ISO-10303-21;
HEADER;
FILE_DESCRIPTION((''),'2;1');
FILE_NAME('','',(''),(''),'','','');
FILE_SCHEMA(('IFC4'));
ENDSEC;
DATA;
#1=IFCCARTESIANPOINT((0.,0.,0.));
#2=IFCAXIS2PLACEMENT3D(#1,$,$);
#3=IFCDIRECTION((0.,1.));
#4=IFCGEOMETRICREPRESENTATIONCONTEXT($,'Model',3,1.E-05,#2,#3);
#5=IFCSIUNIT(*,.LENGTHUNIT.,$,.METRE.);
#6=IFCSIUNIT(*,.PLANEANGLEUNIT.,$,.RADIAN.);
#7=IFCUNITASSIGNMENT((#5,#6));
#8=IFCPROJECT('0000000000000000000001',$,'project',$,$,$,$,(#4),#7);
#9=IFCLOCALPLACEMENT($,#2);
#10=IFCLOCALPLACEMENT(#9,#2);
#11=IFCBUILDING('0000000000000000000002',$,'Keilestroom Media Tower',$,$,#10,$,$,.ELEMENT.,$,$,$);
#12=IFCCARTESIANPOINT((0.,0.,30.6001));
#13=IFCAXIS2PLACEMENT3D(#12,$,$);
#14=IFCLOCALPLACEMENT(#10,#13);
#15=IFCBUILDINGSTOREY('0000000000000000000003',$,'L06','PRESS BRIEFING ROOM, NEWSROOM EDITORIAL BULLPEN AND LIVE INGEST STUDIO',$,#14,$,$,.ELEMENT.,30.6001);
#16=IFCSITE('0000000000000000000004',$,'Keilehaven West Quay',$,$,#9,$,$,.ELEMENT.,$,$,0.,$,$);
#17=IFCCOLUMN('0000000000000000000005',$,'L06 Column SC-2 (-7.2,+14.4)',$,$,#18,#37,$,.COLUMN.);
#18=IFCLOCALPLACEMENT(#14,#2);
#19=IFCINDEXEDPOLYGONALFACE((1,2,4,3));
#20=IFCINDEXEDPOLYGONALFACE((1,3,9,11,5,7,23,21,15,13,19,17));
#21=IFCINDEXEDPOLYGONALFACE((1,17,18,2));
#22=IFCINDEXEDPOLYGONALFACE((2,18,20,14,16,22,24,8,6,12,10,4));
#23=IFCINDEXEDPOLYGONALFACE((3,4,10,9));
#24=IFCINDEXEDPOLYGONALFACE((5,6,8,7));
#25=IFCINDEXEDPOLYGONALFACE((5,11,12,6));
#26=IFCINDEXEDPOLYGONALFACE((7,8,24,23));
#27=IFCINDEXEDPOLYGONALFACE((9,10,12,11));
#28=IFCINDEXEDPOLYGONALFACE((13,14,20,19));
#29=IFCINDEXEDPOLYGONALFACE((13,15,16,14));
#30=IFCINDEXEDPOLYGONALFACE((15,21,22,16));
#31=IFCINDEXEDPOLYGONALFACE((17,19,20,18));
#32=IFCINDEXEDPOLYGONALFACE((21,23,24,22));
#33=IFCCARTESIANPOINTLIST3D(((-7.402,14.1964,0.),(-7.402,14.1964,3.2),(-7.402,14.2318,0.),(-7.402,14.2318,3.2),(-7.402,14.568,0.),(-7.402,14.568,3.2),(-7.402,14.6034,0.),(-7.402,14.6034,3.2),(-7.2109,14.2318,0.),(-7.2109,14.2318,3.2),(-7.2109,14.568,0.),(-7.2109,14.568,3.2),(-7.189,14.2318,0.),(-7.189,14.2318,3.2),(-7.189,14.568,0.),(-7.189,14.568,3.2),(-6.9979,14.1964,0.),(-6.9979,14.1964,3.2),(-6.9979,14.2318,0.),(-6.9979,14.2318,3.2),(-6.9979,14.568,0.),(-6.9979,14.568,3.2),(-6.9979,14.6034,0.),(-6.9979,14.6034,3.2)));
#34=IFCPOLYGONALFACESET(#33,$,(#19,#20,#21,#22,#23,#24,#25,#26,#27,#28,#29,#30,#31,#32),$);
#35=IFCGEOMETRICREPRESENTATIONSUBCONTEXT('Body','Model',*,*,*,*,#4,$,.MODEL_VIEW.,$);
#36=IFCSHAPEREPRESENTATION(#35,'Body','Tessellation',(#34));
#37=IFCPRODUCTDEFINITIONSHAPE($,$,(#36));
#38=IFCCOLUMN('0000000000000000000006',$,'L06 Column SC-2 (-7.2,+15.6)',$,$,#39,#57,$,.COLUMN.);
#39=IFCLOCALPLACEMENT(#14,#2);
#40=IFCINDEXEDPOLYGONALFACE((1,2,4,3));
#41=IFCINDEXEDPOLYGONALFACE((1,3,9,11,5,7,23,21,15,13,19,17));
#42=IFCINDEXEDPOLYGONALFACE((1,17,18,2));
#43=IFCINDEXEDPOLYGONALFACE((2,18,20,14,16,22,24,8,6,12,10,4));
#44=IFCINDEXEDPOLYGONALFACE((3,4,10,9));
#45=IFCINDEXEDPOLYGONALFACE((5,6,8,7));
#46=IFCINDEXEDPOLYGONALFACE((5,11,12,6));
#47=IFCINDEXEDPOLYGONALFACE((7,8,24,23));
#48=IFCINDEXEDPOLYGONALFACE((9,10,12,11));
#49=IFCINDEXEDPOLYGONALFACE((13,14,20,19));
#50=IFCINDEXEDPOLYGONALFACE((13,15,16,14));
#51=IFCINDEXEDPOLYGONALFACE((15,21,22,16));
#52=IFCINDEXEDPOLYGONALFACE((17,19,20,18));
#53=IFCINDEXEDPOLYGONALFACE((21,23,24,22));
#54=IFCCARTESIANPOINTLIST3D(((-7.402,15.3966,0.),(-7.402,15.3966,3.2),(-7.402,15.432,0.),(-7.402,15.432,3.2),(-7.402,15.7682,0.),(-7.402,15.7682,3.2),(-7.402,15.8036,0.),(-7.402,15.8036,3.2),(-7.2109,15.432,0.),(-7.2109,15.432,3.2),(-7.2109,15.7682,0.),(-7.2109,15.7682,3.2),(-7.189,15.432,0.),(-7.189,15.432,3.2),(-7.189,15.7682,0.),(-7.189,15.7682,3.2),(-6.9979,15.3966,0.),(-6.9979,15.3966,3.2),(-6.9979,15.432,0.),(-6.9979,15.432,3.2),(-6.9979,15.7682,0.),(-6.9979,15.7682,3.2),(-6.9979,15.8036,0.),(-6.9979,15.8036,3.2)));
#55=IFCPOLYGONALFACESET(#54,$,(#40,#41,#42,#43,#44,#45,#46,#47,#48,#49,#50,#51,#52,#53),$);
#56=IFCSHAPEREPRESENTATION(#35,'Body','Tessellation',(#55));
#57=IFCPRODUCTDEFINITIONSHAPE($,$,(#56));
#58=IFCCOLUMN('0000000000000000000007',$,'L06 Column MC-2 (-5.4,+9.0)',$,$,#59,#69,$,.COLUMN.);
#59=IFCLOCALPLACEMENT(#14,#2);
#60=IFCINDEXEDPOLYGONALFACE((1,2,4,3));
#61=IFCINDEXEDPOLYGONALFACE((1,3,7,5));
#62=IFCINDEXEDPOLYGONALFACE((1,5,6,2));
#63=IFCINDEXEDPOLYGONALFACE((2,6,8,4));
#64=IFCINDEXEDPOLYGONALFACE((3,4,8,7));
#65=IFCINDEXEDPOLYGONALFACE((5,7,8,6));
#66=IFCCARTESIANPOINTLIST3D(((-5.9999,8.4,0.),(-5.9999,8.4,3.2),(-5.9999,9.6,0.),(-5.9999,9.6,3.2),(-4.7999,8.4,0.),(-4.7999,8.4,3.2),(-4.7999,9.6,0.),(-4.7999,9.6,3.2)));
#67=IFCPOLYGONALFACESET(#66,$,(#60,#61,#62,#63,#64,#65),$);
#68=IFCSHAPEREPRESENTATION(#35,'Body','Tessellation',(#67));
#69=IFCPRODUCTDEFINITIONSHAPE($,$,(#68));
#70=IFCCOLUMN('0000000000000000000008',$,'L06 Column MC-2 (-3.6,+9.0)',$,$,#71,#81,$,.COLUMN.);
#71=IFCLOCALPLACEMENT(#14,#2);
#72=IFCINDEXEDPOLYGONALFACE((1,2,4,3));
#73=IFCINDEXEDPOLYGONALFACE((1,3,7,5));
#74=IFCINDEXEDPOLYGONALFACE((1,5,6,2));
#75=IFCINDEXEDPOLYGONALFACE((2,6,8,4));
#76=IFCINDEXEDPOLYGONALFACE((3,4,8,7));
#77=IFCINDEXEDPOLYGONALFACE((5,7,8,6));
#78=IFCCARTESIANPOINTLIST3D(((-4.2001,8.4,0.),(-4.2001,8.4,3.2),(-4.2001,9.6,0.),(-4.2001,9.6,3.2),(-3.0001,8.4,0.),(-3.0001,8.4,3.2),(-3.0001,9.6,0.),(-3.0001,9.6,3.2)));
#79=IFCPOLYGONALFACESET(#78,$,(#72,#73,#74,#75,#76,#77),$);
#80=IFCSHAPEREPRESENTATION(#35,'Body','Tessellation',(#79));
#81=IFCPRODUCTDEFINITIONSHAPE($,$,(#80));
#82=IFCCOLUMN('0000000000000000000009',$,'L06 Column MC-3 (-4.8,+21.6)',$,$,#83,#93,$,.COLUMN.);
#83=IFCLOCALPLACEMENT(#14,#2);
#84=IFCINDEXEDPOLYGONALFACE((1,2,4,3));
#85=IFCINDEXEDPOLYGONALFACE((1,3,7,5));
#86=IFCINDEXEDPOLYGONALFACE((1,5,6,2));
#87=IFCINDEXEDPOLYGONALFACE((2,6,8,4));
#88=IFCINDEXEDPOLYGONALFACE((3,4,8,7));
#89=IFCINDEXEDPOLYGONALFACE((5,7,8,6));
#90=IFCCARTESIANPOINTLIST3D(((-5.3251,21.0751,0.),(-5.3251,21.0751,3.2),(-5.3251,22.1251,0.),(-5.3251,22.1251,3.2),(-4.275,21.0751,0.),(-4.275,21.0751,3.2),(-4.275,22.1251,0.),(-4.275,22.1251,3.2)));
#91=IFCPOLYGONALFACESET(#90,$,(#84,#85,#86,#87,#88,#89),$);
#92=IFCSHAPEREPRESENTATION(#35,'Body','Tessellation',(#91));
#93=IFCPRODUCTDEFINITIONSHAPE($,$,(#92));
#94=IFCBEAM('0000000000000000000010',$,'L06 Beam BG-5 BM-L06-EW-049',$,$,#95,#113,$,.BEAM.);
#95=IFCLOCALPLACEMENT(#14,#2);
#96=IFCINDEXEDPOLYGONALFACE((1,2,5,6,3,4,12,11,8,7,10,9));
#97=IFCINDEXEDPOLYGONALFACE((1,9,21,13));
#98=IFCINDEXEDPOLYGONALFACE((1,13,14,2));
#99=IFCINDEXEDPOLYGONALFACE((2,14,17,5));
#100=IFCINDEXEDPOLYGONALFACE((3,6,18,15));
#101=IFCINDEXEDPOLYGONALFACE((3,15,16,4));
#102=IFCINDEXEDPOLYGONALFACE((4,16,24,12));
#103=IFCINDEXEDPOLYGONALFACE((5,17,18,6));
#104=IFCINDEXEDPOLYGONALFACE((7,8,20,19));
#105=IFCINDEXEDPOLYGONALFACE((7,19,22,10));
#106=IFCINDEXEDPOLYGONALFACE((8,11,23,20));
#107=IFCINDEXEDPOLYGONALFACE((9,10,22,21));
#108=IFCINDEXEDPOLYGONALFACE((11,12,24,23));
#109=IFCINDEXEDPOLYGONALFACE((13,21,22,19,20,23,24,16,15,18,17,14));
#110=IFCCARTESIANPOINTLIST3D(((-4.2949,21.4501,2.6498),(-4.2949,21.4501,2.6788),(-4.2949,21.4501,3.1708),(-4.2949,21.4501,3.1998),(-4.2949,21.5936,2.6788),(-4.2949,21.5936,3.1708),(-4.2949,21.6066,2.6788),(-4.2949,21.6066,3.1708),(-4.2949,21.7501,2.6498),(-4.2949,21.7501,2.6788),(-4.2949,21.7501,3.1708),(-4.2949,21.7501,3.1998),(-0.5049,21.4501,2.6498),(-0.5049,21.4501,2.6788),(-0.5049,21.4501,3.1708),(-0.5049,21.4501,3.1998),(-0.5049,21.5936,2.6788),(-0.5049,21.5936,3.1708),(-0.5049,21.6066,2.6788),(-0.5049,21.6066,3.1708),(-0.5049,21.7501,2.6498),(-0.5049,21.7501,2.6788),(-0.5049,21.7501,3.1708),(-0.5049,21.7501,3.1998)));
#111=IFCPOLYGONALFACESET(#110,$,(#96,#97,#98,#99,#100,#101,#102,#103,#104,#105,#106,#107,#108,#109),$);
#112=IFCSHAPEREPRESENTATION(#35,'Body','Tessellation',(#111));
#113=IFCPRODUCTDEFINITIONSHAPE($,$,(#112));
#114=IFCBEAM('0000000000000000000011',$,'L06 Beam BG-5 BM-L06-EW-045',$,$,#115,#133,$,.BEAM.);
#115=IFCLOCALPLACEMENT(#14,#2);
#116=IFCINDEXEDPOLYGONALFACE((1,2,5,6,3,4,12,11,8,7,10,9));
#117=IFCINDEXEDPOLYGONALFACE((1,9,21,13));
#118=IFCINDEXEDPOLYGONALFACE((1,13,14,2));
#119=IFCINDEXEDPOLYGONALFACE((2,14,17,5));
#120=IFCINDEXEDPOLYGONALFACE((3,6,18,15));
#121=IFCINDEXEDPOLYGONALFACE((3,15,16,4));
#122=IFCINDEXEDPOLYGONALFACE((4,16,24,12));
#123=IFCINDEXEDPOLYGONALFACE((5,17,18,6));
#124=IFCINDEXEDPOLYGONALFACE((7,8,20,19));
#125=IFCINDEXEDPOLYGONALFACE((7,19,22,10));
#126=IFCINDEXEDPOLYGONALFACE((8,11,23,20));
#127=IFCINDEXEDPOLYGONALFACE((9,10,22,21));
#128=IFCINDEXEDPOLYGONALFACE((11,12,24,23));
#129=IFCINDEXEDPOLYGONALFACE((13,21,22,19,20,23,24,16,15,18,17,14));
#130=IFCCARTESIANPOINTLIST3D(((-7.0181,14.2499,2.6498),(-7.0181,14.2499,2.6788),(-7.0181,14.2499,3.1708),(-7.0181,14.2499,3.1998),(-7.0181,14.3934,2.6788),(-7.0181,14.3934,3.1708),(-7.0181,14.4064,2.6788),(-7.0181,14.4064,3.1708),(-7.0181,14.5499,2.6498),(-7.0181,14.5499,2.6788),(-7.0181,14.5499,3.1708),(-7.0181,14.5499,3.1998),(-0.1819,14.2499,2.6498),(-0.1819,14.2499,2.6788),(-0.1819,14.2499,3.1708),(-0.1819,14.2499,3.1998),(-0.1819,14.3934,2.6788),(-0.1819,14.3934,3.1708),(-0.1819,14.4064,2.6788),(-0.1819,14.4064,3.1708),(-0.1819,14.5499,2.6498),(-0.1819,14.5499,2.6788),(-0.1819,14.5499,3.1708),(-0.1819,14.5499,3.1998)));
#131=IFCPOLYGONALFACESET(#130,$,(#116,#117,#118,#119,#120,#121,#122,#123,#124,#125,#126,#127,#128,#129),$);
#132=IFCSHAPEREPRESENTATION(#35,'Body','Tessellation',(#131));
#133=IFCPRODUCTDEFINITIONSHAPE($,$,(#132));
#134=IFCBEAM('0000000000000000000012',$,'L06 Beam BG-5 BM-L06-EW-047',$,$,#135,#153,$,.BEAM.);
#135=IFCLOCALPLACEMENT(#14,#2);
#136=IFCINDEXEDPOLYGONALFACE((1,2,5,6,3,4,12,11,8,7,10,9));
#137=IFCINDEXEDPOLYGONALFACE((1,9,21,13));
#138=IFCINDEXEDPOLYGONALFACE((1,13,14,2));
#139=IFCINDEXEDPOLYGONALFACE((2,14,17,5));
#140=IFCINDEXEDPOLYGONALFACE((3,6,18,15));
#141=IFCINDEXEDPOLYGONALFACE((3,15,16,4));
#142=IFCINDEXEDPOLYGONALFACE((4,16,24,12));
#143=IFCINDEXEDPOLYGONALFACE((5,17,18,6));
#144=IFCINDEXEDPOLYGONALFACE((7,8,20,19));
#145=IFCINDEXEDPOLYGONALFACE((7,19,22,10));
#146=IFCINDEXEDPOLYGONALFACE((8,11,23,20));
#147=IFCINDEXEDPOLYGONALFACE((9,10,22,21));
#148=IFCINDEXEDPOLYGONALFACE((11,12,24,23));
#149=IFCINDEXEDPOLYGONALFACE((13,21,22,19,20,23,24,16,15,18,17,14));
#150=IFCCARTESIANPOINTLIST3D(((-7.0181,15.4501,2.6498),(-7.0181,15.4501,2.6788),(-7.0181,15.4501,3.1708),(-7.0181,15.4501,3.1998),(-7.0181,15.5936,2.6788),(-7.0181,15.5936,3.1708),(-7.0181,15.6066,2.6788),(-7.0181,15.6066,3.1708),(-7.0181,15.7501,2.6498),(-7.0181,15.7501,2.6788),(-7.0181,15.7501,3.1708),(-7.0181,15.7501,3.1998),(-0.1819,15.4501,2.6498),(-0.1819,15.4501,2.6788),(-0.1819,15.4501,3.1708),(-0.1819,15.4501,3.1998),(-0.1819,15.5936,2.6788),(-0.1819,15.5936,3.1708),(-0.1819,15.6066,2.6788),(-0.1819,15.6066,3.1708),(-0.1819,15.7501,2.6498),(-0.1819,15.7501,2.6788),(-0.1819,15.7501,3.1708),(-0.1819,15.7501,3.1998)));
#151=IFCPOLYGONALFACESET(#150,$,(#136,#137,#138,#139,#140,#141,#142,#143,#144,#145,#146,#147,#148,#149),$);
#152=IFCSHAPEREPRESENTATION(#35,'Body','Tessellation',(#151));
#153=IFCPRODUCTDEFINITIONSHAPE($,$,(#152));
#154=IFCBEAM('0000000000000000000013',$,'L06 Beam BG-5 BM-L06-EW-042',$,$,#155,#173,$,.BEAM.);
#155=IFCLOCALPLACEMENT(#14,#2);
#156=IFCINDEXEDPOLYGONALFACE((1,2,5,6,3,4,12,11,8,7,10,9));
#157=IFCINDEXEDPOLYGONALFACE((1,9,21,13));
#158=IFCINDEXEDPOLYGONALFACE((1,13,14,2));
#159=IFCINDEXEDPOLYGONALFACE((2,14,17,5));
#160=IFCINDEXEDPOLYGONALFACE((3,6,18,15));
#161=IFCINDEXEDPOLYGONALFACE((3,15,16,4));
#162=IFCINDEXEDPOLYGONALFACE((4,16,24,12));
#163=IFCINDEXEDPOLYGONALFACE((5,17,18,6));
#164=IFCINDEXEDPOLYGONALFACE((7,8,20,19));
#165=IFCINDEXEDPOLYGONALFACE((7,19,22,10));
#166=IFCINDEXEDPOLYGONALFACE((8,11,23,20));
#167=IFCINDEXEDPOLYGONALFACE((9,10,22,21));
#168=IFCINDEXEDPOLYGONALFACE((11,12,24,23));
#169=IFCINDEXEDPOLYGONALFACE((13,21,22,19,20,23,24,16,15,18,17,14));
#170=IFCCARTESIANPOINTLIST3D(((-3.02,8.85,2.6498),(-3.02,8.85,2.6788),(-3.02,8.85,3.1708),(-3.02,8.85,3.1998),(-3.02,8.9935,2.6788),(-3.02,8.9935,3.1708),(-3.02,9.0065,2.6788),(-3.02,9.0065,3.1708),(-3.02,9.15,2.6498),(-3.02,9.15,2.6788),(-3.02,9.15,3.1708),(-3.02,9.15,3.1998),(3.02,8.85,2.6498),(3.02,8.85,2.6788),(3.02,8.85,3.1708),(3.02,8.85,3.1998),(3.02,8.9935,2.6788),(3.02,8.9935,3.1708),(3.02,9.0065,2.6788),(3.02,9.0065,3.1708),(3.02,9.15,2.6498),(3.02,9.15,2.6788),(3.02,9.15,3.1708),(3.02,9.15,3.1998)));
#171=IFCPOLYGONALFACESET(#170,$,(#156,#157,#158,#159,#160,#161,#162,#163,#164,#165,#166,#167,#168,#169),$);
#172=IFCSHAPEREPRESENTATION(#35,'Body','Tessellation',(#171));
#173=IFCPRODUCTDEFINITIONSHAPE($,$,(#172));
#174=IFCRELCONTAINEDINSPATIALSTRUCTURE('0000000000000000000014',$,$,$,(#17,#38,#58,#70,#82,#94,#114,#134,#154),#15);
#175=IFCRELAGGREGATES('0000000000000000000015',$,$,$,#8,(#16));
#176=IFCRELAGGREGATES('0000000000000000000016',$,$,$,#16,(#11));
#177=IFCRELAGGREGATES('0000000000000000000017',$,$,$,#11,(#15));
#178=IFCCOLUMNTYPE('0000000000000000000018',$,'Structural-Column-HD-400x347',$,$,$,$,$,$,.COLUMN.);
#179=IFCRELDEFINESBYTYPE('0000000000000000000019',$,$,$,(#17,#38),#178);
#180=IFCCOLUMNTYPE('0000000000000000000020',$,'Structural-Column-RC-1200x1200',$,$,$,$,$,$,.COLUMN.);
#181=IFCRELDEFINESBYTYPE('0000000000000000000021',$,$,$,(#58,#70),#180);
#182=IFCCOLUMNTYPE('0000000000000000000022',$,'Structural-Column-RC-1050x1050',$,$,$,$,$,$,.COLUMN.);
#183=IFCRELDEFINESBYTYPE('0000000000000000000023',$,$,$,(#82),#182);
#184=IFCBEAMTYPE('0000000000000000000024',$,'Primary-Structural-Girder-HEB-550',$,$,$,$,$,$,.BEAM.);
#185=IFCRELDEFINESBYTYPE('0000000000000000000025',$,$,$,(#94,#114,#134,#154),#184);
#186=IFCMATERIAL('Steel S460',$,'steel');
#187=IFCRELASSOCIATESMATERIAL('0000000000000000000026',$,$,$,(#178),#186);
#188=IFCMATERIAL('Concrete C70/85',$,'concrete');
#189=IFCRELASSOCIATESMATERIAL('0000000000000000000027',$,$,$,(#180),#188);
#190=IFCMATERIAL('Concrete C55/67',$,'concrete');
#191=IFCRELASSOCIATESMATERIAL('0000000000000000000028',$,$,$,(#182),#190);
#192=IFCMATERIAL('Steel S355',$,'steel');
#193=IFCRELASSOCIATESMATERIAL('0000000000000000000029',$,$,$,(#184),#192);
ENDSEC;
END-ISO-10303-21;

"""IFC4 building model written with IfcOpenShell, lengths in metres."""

from ifc_helpers import new_model, si_unit, direction, frame, origin, origin_2d, place, context, subcontext, project, spatial, rectangle, i_section, extrude, source, transform, mapped, material, material_profile, profile_set, type_object, element, save


model = new_model("IFC4")

# Units and contexts
model_context = context("Model", 3, precision=1e-05, world=origin(), true_north=direction((0.0, 1.0)))
body_context = subcontext(model_context, "Body", "Model", "MODEL_VIEW")
ifc_project = project(units=[si_unit("LENGTHUNIT", "METRE"), si_unit("PLANEANGLEUNIT", "RADIAN")], contexts=[model_context])

# Site, building, storey
site_placement = place(None, origin())
site = spatial("IfcSite", under=ifc_project, at=site_placement, Name="Keilehaven West Quay", CompositionType="ELEMENT", RefElevation=0.0)
building_placement = place(site_placement, origin())
building = spatial("IfcBuilding", under=site, at=building_placement, Name="Keilestroom Media Tower", CompositionType="ELEMENT")
storey_placement = place(building_placement, frame((0.0, 0.0, 30.6001)))
storey = spatial("IfcBuildingStorey", under=building, at=storey_placement, Name="L06", Description="PRESS BRIEFING ROOM, NEWSROOM EDITORIAL BULLPEN AND LIVE INGEST STUDIO", CompositionType="ELEMENT", Elevation=30.6001)

# Columns
ifc_material_1 = material(Name="Steel S460", Category="steel")
ifc_material_profile_1 = material_profile(ifc_material_1, i_section(OverallWidth=0.4041, OverallDepth=0.407, WebThickness=0.022, FlangeThickness=0.0354, at=origin_2d()), Name="HD 400x347")
ifc_profile_set_1 = profile_set([ifc_material_profile_1], Name="Steel S460")
column_type_1 = type_object("IfcColumnType", Name="Structural-Column-HD-400x347", PredefinedType="COLUMN", material=ifc_profile_set_1)
shared_shape_1 = source(origin(), body_context, "Body", "SweptSolid", [
    extrude(i_section(OverallWidth=0.4041, OverallDepth=0.407, WebThickness=0.022, FlangeThickness=0.0354, at=origin_2d()), origin(), (0.0, 0.0, 1.0), 3.2),
])
for number, where, z_axis, x_axis, name in (
    (1, (-7.2, 14.3999, 0.0), (0.0, 0.0, 1.0), (1.0, 0.0, 0.0), "L06 Column SC-2 (-7.2,+14.4)"),
    (2, (-7.2, 15.6001, 0.0), (0.0, 0.0, 1.0), (1.0, 0.0, 0.0), "L06 Column SC-2 (-7.2,+15.6)"),
):
    element("IfcColumn", number, at=place(storey_placement, frame(where, z_axis=z_axis, x_axis=x_axis)), inside=storey, type_object=column_type_1, Name=name, PredefinedType="COLUMN", context=body_context, shape_type="MappedRepresentation", body=[
        mapped(shared_shape_1, transform((0.0, 0.0, 0.0), x_axis=(1.0, 0.0, 0.0), y_axis=(0.0, 1.0, 0.0), z_axis=(0.0, 0.0, 1.0), scale=1.0)),
    ])
ifc_material_2 = material(Name="Concrete C70/85", Category="concrete")
ifc_material_profile_2 = material_profile(ifc_material_2, rectangle(XDim=1.2, YDim=1.2, at=origin_2d()), Name="RC 1200x1200")
ifc_profile_set_2 = profile_set([ifc_material_profile_2], Name="Concrete C70/85")
column_type_2 = type_object("IfcColumnType", Name="Structural-Column-RC-1200x1200", PredefinedType="COLUMN", material=ifc_profile_set_2)
shared_shape_2 = source(origin(), body_context, "Body", "SweptSolid", [
    extrude(rectangle(XDim=1.2, YDim=1.2, at=origin_2d()), origin(), (0.0, 0.0, 1.0), 3.2),
])
for number, where, z_axis, x_axis, name in (
    (3, (-5.3999, 9.0, 0.0), (0.0, 0.0, 1.0), (1.0, 0.0, 0.0), "L06 Column MC-2 (-5.4,+9.0)"),
    (4, (-3.6001, 9.0, 0.0), (0.0, 0.0, 1.0), (1.0, 0.0, 0.0), "L06 Column MC-2 (-3.6,+9.0)"),
):
    element("IfcColumn", number, at=place(storey_placement, frame(where, z_axis=z_axis, x_axis=x_axis)), inside=storey, type_object=column_type_2, Name=name, PredefinedType="COLUMN", context=body_context, shape_type="MappedRepresentation", body=[
        mapped(shared_shape_2, transform((0.0, 0.0, 0.0), x_axis=(1.0, 0.0, 0.0), y_axis=(0.0, 1.0, 0.0), z_axis=(0.0, 0.0, 1.0), scale=1.0)),
    ])
ifc_material_3 = material(Name="Concrete C55/67", Category="concrete")
ifc_material_profile_3 = material_profile(ifc_material_3, rectangle(XDim=1.05, YDim=1.05, at=origin_2d()), Name="RC 1050x1050")
ifc_profile_set_3 = profile_set([ifc_material_profile_3], Name="Concrete C55/67")
column_type_3 = type_object("IfcColumnType", Name="Structural-Column-RC-1050x1050", PredefinedType="COLUMN", material=ifc_profile_set_3)
shared_shape_3 = source(origin(), body_context, "Body", "SweptSolid", [
    extrude(rectangle(XDim=1.05, YDim=1.05, at=origin_2d()), origin(), (0.0, 0.0, 1.0), 3.2),
])
column_placement = place(storey_placement, frame((-4.8, 21.6001, 0.0), z_axis=(0.0, 0.0, 1.0), x_axis=(1.0, 0.0, 0.0)))
element("IfcColumn", 5, at=column_placement, inside=storey, type_object=column_type_3, Name="L06 Column MC-3 (-4.8,+21.6)", PredefinedType="COLUMN", context=body_context, shape_type="MappedRepresentation", body=[
    mapped(shared_shape_3, transform((0.0, 0.0, 0.0), x_axis=(1.0, 0.0, 0.0), y_axis=(0.0, 1.0, 0.0), z_axis=(0.0, 0.0, 1.0), scale=1.0)),
])

# Beams
ifc_material_4 = material(Name="Steel S355", Category="steel")
ifc_material_profile_4 = material_profile(ifc_material_4, i_section(OverallWidth=0.3, OverallDepth=0.55, WebThickness=0.0129, FlangeThickness=0.0291, at=origin_2d()), Name="HEB 550")
ifc_profile_set_4 = profile_set([ifc_material_profile_4], Name="Steel S355")
beam_type = type_object("IfcBeamType", Name="Primary-Structural-Girder-HEB-550", PredefinedType="BEAM", material=ifc_profile_set_4)
shared_shape_4 = source(origin(), body_context, "Body", "SweptSolid", [
    extrude(i_section(OverallWidth=0.3, OverallDepth=0.55, WebThickness=0.0129, FlangeThickness=0.0291, at=origin_2d()), origin(), (0.0, 0.0, 1.0), 3.79),
])
beam_1_placement = place(storey_placement, frame((-4.2949, 21.6001, 2.9248), z_axis=(1.0, 0.0, 0.0), x_axis=(0.0, 1.0, 0.0)))
element("IfcBeam", 6, at=beam_1_placement, inside=storey, type_object=beam_type, Name="L06 Beam BG-5 BM-L06-EW-049", PredefinedType="BEAM", context=body_context, shape_type="MappedRepresentation", body=[
    mapped(shared_shape_4, transform((0.0, 0.0, 0.0), x_axis=(1.0, 0.0, 0.0), y_axis=(0.0, 1.0, 0.0), z_axis=(0.0, 0.0, 1.0), scale=1.0)),
])
shared_shape_5 = source(origin(), body_context, "Body", "SweptSolid", [
    extrude(i_section(OverallWidth=0.3, OverallDepth=0.55, WebThickness=0.0129, FlangeThickness=0.0291, at=origin_2d()), origin(), (0.0, 0.0, 1.0), 6.8362),
])
for number, where, z_axis, x_axis, name in (
    (7, (-7.0181, 14.3999, 2.9248), (1.0, 0.0, 0.0), (0.0, 1.0, 0.0), "L06 Beam BG-5 BM-L06-EW-045"),
    (8, (-7.0181, 15.6001, 2.9248), (1.0, 0.0, 0.0), (0.0, 1.0, 0.0), "L06 Beam BG-5 BM-L06-EW-047"),
):
    element("IfcBeam", number, at=place(storey_placement, frame(where, z_axis=z_axis, x_axis=x_axis)), inside=storey, type_object=beam_type, Name=name, PredefinedType="BEAM", context=body_context, shape_type="MappedRepresentation", body=[
        mapped(shared_shape_5, transform((0.0, 0.0, 0.0), x_axis=(1.0, 0.0, 0.0), y_axis=(0.0, 1.0, 0.0), z_axis=(0.0, 0.0, 1.0), scale=1.0)),
    ])
shared_shape_6 = source(origin(), body_context, "Body", "SweptSolid", [
    extrude(i_section(OverallWidth=0.3, OverallDepth=0.55, WebThickness=0.0129, FlangeThickness=0.0291, at=origin_2d()), origin(), (0.0, 0.0, 1.0), 6.04),
])
beam_2_placement = place(storey_placement, frame((-3.02, 9.0, 2.9248), z_axis=(1.0, 0.0, 0.0), x_axis=(0.0, 1.0, 0.0)))
element("IfcBeam", 9, at=beam_2_placement, inside=storey, type_object=beam_type, Name="L06 Beam BG-5 BM-L06-EW-042", PredefinedType="BEAM", context=body_context, shape_type="MappedRepresentation", body=[
    mapped(shared_shape_6, transform((0.0, 0.0, 0.0), x_axis=(1.0, 0.0, 0.0), y_axis=(0.0, 1.0, 0.0), z_axis=(0.0, 0.0, 1.0), scale=1.0)),
])

save(model, "model.ifc")
